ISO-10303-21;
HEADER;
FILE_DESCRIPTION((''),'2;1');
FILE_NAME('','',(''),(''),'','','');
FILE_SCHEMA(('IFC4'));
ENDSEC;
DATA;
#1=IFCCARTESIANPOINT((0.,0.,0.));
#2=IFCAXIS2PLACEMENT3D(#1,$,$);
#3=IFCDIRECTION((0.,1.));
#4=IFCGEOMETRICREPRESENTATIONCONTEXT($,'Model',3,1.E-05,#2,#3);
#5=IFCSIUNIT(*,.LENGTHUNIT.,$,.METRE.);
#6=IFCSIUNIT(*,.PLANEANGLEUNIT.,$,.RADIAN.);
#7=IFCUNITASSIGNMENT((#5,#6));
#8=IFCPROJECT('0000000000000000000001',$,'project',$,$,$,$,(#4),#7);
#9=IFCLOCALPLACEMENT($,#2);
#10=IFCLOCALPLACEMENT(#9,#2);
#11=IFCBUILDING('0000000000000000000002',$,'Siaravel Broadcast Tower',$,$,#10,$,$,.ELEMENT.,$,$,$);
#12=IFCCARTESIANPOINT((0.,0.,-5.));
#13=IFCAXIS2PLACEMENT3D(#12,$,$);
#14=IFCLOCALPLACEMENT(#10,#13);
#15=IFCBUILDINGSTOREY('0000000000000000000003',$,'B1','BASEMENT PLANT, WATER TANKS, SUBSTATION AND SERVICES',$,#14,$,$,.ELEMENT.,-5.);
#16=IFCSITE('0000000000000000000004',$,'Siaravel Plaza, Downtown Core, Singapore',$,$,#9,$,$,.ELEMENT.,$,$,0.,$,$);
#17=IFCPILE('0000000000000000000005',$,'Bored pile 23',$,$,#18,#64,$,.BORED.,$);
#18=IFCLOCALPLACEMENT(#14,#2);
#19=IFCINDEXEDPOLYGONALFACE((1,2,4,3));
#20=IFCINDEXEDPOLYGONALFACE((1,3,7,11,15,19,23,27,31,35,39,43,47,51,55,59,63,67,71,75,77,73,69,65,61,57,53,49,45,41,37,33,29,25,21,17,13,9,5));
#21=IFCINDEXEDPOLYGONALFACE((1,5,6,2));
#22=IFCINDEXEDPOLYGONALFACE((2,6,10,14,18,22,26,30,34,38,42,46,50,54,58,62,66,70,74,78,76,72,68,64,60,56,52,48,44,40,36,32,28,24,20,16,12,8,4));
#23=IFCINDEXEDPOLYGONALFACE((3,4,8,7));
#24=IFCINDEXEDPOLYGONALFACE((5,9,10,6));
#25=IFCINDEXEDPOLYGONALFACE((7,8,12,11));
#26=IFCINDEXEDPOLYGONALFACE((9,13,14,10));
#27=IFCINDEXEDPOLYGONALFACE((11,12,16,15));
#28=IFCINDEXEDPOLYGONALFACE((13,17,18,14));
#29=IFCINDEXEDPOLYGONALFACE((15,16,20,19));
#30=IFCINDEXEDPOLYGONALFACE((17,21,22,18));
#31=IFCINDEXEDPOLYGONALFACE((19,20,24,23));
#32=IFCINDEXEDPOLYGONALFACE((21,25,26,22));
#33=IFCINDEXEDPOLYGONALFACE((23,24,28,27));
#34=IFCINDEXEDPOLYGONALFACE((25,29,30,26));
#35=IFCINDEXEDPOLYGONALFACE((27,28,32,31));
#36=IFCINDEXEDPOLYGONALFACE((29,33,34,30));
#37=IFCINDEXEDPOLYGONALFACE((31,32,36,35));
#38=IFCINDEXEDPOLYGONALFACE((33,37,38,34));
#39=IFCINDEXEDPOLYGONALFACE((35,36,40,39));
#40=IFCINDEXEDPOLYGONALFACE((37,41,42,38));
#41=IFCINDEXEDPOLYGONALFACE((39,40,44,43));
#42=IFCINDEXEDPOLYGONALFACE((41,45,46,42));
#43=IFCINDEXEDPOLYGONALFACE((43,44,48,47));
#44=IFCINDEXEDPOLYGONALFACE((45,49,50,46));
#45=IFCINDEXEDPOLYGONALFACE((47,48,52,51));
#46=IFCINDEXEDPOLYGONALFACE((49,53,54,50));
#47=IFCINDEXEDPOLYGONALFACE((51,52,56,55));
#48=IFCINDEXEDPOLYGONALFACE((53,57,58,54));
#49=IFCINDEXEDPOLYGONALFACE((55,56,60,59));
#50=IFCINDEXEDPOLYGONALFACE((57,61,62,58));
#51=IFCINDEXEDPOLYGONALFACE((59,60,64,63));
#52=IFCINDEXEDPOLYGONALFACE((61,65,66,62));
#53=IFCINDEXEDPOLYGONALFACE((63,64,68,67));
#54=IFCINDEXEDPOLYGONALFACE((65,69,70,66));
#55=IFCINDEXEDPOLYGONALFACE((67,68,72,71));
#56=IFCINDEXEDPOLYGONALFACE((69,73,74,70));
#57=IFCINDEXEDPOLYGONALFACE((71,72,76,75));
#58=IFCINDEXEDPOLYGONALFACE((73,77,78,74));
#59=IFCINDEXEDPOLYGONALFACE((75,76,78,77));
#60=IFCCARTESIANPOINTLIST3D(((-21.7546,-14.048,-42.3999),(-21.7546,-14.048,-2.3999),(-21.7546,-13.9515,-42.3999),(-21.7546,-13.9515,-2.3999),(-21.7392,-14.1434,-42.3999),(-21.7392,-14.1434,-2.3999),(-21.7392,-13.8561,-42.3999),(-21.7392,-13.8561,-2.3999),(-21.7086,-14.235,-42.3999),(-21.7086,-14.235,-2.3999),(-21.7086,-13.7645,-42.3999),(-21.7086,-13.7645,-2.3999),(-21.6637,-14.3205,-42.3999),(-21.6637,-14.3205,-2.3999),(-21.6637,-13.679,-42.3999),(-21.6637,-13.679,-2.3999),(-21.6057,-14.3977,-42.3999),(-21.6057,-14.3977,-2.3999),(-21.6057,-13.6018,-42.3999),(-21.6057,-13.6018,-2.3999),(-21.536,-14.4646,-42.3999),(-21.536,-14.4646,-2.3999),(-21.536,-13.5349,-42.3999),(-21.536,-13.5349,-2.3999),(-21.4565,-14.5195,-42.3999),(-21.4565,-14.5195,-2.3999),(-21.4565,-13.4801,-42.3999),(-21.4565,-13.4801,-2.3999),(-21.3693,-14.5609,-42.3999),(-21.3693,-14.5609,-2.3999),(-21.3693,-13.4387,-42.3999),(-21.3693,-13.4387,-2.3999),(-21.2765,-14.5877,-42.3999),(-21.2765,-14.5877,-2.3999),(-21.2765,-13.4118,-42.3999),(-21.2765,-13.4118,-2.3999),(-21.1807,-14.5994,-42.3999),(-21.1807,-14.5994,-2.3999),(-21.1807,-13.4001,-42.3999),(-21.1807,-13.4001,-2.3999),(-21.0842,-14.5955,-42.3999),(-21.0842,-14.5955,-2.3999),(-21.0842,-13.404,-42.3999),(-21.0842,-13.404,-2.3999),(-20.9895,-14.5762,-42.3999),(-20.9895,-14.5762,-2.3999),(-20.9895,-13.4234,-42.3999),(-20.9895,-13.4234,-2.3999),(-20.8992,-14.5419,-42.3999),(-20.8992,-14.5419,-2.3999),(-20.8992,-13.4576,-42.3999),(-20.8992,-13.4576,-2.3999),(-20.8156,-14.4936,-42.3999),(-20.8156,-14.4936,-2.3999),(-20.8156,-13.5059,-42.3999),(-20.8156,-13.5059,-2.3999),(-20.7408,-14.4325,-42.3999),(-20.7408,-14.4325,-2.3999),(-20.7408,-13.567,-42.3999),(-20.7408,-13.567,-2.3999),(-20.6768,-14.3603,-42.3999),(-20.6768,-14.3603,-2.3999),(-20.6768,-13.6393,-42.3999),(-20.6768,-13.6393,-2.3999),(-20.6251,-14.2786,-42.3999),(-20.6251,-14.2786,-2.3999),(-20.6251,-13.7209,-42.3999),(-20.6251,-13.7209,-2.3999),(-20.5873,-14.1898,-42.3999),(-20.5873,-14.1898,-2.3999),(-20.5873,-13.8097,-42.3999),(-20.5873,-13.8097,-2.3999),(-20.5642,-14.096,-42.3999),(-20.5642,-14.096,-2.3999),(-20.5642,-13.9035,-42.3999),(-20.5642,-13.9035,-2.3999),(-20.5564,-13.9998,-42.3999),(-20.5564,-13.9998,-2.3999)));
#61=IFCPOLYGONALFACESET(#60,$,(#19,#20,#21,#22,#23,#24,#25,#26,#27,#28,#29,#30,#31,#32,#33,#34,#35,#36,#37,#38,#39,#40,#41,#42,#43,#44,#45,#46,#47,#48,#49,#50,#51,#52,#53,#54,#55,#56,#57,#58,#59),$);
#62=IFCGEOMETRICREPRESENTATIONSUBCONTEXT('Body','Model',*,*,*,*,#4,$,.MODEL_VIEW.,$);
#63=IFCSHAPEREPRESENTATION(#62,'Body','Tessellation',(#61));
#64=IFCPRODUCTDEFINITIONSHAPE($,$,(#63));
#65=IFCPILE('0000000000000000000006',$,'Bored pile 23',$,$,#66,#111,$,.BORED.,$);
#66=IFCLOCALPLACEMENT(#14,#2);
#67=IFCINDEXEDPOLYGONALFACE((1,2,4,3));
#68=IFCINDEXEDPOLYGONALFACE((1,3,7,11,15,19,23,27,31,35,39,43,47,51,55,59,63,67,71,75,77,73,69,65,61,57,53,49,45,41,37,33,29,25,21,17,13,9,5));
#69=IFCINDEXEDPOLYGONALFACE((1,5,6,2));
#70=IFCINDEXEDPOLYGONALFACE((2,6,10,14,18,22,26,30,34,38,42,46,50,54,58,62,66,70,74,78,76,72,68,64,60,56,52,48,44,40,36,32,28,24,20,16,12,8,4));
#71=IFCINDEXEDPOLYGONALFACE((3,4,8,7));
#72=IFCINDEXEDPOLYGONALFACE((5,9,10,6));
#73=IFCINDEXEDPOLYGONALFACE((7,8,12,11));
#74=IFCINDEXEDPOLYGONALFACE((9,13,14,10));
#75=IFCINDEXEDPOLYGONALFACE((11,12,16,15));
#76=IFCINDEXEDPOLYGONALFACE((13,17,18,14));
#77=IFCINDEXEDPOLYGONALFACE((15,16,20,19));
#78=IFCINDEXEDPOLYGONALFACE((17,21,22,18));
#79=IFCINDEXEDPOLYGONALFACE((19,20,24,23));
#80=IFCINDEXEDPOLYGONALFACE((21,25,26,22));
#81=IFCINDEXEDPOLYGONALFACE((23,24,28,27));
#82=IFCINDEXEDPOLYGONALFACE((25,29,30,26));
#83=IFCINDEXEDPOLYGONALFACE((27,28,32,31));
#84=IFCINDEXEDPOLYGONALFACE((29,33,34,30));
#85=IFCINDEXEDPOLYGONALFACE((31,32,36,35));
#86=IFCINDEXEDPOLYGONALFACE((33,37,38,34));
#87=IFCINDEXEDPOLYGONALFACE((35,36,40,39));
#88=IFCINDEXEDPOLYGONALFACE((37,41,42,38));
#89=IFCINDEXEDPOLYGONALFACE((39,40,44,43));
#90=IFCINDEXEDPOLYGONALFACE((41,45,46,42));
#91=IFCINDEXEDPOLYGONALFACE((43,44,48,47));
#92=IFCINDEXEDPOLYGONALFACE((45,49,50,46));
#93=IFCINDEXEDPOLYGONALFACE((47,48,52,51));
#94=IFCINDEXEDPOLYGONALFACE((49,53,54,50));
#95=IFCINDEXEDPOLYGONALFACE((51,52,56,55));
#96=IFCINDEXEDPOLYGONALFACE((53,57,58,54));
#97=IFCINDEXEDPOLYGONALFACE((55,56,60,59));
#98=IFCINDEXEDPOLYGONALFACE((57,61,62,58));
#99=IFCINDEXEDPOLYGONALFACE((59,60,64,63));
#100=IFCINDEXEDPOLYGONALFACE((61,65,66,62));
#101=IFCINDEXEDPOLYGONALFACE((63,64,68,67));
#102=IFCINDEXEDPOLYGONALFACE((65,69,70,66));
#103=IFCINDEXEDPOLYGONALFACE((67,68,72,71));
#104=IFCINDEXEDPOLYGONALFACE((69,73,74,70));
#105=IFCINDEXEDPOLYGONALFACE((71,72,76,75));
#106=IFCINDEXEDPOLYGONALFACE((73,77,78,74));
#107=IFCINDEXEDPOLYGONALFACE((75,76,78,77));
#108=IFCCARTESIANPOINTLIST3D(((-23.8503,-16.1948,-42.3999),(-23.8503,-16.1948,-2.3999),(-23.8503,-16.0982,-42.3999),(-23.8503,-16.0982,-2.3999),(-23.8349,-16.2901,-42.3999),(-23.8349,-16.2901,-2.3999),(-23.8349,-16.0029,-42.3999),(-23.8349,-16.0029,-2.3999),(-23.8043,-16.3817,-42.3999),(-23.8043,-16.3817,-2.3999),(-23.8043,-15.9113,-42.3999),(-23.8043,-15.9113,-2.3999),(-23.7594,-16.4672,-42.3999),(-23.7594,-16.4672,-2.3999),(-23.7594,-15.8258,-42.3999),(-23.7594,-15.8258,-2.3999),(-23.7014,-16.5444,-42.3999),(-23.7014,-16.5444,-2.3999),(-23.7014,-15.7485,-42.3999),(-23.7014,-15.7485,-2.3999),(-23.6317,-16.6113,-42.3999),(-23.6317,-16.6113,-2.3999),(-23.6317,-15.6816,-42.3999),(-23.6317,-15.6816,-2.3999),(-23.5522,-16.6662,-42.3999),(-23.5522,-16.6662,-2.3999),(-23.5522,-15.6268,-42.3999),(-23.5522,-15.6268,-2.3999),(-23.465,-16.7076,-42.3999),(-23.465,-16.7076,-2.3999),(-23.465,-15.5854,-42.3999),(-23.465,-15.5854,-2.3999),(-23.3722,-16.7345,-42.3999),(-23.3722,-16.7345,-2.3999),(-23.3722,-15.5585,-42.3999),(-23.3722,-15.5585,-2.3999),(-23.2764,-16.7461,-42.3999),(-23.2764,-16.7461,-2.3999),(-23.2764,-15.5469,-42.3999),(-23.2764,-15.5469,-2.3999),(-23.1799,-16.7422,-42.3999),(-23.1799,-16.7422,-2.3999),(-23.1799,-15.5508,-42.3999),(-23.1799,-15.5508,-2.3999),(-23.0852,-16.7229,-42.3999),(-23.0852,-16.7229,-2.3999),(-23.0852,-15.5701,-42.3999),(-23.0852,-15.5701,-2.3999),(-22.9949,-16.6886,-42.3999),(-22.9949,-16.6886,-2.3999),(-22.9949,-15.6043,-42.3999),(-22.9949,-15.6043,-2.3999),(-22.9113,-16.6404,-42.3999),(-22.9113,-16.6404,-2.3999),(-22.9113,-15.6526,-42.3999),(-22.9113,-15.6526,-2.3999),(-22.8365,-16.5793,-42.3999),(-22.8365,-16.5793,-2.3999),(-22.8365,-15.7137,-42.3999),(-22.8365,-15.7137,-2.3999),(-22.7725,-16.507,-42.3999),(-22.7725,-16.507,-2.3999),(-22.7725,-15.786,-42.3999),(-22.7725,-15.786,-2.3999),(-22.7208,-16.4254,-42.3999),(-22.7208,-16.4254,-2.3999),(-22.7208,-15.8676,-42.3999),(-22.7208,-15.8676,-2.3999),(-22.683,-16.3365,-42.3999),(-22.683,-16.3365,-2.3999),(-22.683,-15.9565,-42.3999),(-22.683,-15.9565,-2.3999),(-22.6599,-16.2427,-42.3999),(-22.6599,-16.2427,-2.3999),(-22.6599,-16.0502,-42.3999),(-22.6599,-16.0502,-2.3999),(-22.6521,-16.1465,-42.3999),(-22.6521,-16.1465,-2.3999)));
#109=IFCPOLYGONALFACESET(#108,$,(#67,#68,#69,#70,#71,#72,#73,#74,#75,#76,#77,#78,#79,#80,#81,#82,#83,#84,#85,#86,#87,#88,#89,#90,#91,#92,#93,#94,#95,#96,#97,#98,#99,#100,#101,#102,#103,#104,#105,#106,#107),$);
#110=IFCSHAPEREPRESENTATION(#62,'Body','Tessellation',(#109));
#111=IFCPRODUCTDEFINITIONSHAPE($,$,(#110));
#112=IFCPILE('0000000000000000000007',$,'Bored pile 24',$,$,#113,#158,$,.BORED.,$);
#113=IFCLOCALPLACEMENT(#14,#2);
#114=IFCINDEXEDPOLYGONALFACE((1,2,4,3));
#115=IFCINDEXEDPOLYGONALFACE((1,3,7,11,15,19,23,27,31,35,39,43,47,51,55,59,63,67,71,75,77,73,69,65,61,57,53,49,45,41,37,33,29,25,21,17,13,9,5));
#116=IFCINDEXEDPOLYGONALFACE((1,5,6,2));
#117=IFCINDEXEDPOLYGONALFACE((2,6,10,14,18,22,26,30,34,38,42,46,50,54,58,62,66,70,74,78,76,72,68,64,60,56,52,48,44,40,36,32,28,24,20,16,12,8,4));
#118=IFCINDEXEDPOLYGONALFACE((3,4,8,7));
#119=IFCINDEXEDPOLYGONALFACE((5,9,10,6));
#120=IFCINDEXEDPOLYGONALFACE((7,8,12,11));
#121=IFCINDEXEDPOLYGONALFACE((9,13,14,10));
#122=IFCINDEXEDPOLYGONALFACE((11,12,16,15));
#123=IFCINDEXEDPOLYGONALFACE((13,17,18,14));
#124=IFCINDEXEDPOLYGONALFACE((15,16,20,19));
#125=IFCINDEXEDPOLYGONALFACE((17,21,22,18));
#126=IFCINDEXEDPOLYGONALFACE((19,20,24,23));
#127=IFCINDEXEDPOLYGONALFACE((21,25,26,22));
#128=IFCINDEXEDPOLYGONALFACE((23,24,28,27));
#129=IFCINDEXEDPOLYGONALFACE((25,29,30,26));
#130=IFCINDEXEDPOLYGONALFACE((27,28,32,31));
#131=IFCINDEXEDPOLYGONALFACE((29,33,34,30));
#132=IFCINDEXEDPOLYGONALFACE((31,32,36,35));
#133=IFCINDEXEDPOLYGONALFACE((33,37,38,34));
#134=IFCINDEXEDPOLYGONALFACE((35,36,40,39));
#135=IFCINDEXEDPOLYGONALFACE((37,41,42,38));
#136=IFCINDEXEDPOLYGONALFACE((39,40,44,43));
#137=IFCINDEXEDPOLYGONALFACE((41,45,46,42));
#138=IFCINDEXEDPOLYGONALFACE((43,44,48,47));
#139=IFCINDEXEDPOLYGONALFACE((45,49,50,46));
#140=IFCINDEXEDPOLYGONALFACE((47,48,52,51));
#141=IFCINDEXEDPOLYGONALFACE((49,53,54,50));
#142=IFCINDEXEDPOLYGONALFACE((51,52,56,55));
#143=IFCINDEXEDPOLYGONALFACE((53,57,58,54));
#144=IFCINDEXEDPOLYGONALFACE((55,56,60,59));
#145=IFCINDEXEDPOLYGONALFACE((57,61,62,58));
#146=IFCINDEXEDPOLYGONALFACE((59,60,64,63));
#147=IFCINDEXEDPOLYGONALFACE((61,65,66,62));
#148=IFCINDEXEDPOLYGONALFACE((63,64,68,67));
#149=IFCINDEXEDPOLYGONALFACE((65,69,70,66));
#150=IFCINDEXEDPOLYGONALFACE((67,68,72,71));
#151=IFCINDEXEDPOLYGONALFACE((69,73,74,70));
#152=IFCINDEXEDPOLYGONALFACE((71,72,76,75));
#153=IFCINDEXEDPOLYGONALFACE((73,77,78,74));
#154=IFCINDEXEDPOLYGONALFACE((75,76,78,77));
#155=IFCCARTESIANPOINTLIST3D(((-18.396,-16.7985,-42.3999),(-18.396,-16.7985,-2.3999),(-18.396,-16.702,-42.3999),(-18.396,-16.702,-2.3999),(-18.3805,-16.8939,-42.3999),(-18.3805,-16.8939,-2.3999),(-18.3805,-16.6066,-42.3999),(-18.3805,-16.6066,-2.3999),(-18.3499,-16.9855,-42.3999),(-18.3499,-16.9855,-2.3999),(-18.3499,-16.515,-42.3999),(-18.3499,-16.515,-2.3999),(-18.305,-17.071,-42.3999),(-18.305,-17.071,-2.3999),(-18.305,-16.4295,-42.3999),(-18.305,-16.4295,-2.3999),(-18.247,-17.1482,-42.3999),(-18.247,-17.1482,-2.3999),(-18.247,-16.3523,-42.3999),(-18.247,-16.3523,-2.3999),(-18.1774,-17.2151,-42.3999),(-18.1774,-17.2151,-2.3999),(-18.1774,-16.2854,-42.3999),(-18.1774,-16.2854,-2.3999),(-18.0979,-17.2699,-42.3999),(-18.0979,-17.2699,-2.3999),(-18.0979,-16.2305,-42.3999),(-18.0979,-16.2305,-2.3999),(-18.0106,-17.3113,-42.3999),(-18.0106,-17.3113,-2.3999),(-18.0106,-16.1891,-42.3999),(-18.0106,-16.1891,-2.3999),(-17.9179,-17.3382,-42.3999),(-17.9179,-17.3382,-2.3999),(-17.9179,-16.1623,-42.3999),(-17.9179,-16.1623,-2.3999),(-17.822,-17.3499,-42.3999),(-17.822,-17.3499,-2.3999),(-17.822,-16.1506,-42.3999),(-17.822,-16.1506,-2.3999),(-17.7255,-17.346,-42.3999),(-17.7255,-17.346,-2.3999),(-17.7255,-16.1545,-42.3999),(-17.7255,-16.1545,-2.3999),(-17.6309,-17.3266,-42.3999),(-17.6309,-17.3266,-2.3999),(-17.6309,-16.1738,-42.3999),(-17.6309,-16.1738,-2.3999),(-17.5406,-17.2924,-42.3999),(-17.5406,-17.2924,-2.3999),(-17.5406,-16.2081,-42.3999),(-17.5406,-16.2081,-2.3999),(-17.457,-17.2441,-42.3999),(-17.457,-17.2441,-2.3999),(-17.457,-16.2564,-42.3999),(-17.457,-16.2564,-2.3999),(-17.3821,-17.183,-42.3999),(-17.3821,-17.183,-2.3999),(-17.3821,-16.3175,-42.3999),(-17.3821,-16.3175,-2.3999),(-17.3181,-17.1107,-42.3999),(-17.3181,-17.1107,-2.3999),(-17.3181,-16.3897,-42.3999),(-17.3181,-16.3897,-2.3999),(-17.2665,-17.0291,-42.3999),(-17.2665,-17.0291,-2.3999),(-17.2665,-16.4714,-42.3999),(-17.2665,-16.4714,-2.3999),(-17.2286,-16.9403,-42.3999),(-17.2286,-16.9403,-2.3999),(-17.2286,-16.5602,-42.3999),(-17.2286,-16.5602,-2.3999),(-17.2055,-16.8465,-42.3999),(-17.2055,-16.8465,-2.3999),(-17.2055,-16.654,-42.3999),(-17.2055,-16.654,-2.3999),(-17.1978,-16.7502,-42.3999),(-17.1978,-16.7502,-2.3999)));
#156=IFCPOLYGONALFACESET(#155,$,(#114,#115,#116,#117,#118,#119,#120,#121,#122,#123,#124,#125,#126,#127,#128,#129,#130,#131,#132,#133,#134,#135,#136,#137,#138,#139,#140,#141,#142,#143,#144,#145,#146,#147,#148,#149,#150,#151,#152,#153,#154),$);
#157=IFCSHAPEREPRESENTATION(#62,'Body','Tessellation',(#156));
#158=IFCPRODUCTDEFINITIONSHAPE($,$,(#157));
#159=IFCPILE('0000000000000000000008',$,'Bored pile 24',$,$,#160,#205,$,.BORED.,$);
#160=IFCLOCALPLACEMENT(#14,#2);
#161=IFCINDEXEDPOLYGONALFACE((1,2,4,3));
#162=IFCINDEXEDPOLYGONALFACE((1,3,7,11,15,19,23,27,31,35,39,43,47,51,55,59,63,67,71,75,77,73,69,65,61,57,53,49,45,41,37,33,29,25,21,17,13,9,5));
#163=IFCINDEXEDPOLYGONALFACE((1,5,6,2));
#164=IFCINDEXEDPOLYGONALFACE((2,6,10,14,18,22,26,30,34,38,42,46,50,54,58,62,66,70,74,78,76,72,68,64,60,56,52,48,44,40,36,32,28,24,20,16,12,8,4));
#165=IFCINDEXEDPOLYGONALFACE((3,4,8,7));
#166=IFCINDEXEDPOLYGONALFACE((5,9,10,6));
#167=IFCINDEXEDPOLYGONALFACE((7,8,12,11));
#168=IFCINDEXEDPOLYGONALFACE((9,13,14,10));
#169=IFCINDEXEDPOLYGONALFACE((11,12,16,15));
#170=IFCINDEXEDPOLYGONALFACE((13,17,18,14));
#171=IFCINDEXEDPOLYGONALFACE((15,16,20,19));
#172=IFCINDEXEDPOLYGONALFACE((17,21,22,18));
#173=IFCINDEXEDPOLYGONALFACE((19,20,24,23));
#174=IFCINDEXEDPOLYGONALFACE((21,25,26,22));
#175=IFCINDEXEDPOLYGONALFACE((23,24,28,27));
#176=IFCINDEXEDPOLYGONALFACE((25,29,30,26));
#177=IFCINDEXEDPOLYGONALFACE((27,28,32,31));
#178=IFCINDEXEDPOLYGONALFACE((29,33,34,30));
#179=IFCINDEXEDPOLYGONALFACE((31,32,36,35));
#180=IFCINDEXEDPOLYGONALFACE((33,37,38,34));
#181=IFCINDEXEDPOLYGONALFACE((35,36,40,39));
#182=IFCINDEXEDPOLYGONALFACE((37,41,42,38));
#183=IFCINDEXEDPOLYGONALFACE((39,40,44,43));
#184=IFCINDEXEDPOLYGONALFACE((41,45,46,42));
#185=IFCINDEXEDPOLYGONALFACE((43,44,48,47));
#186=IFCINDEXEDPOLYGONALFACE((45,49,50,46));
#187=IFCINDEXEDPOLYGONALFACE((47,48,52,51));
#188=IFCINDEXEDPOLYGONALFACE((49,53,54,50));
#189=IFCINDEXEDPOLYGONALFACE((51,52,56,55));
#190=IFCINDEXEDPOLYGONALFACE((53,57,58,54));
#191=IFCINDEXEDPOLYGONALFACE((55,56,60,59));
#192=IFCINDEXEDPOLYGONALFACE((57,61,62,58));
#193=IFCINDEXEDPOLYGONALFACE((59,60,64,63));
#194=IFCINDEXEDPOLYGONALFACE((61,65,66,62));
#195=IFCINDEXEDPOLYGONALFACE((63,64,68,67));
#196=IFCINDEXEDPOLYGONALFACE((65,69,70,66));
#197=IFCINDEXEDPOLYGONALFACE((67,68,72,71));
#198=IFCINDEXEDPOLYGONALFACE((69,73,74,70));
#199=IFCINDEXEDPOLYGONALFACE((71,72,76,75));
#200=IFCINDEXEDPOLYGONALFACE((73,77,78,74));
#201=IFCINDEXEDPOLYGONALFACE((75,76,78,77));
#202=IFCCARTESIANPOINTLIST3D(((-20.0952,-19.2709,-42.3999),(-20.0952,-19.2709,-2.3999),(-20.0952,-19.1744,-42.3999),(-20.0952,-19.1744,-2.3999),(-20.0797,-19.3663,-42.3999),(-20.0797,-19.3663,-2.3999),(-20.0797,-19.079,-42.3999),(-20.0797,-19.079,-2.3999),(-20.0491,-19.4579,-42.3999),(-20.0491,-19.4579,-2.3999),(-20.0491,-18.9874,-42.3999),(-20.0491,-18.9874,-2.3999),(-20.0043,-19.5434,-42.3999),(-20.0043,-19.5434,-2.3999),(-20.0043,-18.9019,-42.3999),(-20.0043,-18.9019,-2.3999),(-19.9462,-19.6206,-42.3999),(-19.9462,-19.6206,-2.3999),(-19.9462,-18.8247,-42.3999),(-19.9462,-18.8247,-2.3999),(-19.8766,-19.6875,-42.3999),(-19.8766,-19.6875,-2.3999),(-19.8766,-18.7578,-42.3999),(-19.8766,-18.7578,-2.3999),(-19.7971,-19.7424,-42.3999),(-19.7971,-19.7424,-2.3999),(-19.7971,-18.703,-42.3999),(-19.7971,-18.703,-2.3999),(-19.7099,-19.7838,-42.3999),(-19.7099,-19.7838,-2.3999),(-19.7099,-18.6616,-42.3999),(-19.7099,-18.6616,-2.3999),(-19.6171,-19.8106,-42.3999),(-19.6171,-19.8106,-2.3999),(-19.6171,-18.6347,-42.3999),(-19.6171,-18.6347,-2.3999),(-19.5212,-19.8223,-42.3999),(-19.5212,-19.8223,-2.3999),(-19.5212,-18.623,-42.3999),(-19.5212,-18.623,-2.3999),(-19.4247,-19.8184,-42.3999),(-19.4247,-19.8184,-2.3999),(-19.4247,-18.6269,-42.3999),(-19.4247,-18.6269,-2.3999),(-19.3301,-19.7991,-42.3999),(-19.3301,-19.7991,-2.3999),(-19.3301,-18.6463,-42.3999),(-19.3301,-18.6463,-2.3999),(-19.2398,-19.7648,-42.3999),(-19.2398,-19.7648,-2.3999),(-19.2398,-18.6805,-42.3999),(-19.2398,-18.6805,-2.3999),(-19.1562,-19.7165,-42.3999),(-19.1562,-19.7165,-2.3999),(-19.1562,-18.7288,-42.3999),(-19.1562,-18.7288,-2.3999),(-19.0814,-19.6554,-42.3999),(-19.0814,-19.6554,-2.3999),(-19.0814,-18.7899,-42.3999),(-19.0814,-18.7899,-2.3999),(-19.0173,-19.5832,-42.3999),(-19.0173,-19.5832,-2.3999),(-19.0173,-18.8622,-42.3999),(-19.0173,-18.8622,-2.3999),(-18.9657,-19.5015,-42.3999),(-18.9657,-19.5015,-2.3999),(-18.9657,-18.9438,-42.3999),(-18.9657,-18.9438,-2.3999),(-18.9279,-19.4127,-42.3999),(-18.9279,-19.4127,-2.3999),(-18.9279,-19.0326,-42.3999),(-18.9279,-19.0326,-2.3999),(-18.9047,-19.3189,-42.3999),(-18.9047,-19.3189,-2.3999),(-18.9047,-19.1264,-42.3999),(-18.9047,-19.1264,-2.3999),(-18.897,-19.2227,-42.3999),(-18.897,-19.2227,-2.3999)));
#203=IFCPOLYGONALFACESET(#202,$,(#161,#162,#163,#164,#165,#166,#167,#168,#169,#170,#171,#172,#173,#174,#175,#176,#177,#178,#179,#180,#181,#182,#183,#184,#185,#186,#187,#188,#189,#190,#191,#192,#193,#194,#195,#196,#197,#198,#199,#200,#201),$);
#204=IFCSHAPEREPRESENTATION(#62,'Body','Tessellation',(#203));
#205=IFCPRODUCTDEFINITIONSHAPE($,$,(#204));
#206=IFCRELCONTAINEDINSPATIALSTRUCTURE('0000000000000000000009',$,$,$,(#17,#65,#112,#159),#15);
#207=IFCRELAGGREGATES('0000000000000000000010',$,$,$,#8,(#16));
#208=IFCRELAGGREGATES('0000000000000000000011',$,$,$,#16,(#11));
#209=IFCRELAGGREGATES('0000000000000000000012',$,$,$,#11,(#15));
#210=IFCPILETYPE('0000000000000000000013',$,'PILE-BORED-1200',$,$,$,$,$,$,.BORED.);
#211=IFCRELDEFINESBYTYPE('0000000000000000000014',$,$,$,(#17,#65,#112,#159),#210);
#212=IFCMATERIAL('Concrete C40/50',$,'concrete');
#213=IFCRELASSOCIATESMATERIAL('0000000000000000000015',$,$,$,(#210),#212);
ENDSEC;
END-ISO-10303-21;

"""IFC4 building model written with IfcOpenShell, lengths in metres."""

from ifc_helpers import new_model, si_unit, direction, frame, origin, origin_2d, place, context, subcontext, project, spatial, circle, extrude, material, material_profile, profile_set, type_object, element, save


model = new_model("IFC4")

# Units and contexts
model_context = context("Model", 3, precision=1e-05, world=origin(), true_north=direction((0.0, 1.0)))
body_context = subcontext(model_context, "Body", "Model", "MODEL_VIEW")
ifc_project = project(units=[si_unit("LENGTHUNIT", "METRE"), si_unit("PLANEANGLEUNIT", "RADIAN")], contexts=[model_context])

# Site, building, storey
site_placement = place(None, origin())
site = spatial("IfcSite", under=ifc_project, at=site_placement, Name="Siaravel Plaza, Downtown Core, Singapore", CompositionType="ELEMENT", RefElevation=0.0)
building_placement = place(site_placement, origin())
building = spatial("IfcBuilding", under=site, at=building_placement, Name="Siaravel Broadcast Tower", CompositionType="ELEMENT")
storey_placement = place(building_placement, frame((0.0, 0.0, -5.0)))
storey = spatial("IfcBuildingStorey", under=building, at=storey_placement, Name="B1", Description="BASEMENT PLANT, WATER TANKS, SUBSTATION AND SERVICES", CompositionType="ELEMENT", Elevation=-5.0)

# Shared definitions
ifc_material_1 = material(Name="Concrete C40/50", Category="concrete")

# Piles
ifc_material_profile_1 = material_profile(ifc_material_1, circle(Radius=0.6001, at=origin_2d()))
ifc_profile_set_1 = profile_set([ifc_material_profile_1], Name="Concrete C40/50")
pile_type = type_object("IfcPileType", Name="PILE-BORED-1200", PredefinedType="BORED", material=ifc_profile_set_1)
for number, where, z_axis, x_axis, name in (
    (1, (-21.1565, -13.9998, -2.3999), (0.0, 0.0, -1.0), (1.0, 0.0, 0.0), "Bored pile 23"),
    (2, (-23.2522, -16.1465, -2.3999), (0.0, 0.0, -1.0), (1.0, 0.0, 0.0), "Bored pile 23"),
    (3, (-17.7979, -16.7502, -2.3999), (0.0, 0.0, -1.0), (1.0, 0.0, 0.0), "Bored pile 24"),
    (4, (-19.4971, -19.2227, -2.3999), (0.0, 0.0, -1.0), (1.0, 0.0, 0.0), "Bored pile 24"),
):
    element("IfcPile", number, at=place(storey_placement, frame(where, z_axis=z_axis, x_axis=x_axis)), inside=storey, type_object=pile_type, Name=name, PredefinedType="BORED", context=body_context, shape_type="SweptSolid", body=[
        extrude(circle(Radius=0.6001, at=origin_2d()), origin(), (0.0, 0.0, 1.0), 40.0),
    ])

save(model, "model.ifc")
